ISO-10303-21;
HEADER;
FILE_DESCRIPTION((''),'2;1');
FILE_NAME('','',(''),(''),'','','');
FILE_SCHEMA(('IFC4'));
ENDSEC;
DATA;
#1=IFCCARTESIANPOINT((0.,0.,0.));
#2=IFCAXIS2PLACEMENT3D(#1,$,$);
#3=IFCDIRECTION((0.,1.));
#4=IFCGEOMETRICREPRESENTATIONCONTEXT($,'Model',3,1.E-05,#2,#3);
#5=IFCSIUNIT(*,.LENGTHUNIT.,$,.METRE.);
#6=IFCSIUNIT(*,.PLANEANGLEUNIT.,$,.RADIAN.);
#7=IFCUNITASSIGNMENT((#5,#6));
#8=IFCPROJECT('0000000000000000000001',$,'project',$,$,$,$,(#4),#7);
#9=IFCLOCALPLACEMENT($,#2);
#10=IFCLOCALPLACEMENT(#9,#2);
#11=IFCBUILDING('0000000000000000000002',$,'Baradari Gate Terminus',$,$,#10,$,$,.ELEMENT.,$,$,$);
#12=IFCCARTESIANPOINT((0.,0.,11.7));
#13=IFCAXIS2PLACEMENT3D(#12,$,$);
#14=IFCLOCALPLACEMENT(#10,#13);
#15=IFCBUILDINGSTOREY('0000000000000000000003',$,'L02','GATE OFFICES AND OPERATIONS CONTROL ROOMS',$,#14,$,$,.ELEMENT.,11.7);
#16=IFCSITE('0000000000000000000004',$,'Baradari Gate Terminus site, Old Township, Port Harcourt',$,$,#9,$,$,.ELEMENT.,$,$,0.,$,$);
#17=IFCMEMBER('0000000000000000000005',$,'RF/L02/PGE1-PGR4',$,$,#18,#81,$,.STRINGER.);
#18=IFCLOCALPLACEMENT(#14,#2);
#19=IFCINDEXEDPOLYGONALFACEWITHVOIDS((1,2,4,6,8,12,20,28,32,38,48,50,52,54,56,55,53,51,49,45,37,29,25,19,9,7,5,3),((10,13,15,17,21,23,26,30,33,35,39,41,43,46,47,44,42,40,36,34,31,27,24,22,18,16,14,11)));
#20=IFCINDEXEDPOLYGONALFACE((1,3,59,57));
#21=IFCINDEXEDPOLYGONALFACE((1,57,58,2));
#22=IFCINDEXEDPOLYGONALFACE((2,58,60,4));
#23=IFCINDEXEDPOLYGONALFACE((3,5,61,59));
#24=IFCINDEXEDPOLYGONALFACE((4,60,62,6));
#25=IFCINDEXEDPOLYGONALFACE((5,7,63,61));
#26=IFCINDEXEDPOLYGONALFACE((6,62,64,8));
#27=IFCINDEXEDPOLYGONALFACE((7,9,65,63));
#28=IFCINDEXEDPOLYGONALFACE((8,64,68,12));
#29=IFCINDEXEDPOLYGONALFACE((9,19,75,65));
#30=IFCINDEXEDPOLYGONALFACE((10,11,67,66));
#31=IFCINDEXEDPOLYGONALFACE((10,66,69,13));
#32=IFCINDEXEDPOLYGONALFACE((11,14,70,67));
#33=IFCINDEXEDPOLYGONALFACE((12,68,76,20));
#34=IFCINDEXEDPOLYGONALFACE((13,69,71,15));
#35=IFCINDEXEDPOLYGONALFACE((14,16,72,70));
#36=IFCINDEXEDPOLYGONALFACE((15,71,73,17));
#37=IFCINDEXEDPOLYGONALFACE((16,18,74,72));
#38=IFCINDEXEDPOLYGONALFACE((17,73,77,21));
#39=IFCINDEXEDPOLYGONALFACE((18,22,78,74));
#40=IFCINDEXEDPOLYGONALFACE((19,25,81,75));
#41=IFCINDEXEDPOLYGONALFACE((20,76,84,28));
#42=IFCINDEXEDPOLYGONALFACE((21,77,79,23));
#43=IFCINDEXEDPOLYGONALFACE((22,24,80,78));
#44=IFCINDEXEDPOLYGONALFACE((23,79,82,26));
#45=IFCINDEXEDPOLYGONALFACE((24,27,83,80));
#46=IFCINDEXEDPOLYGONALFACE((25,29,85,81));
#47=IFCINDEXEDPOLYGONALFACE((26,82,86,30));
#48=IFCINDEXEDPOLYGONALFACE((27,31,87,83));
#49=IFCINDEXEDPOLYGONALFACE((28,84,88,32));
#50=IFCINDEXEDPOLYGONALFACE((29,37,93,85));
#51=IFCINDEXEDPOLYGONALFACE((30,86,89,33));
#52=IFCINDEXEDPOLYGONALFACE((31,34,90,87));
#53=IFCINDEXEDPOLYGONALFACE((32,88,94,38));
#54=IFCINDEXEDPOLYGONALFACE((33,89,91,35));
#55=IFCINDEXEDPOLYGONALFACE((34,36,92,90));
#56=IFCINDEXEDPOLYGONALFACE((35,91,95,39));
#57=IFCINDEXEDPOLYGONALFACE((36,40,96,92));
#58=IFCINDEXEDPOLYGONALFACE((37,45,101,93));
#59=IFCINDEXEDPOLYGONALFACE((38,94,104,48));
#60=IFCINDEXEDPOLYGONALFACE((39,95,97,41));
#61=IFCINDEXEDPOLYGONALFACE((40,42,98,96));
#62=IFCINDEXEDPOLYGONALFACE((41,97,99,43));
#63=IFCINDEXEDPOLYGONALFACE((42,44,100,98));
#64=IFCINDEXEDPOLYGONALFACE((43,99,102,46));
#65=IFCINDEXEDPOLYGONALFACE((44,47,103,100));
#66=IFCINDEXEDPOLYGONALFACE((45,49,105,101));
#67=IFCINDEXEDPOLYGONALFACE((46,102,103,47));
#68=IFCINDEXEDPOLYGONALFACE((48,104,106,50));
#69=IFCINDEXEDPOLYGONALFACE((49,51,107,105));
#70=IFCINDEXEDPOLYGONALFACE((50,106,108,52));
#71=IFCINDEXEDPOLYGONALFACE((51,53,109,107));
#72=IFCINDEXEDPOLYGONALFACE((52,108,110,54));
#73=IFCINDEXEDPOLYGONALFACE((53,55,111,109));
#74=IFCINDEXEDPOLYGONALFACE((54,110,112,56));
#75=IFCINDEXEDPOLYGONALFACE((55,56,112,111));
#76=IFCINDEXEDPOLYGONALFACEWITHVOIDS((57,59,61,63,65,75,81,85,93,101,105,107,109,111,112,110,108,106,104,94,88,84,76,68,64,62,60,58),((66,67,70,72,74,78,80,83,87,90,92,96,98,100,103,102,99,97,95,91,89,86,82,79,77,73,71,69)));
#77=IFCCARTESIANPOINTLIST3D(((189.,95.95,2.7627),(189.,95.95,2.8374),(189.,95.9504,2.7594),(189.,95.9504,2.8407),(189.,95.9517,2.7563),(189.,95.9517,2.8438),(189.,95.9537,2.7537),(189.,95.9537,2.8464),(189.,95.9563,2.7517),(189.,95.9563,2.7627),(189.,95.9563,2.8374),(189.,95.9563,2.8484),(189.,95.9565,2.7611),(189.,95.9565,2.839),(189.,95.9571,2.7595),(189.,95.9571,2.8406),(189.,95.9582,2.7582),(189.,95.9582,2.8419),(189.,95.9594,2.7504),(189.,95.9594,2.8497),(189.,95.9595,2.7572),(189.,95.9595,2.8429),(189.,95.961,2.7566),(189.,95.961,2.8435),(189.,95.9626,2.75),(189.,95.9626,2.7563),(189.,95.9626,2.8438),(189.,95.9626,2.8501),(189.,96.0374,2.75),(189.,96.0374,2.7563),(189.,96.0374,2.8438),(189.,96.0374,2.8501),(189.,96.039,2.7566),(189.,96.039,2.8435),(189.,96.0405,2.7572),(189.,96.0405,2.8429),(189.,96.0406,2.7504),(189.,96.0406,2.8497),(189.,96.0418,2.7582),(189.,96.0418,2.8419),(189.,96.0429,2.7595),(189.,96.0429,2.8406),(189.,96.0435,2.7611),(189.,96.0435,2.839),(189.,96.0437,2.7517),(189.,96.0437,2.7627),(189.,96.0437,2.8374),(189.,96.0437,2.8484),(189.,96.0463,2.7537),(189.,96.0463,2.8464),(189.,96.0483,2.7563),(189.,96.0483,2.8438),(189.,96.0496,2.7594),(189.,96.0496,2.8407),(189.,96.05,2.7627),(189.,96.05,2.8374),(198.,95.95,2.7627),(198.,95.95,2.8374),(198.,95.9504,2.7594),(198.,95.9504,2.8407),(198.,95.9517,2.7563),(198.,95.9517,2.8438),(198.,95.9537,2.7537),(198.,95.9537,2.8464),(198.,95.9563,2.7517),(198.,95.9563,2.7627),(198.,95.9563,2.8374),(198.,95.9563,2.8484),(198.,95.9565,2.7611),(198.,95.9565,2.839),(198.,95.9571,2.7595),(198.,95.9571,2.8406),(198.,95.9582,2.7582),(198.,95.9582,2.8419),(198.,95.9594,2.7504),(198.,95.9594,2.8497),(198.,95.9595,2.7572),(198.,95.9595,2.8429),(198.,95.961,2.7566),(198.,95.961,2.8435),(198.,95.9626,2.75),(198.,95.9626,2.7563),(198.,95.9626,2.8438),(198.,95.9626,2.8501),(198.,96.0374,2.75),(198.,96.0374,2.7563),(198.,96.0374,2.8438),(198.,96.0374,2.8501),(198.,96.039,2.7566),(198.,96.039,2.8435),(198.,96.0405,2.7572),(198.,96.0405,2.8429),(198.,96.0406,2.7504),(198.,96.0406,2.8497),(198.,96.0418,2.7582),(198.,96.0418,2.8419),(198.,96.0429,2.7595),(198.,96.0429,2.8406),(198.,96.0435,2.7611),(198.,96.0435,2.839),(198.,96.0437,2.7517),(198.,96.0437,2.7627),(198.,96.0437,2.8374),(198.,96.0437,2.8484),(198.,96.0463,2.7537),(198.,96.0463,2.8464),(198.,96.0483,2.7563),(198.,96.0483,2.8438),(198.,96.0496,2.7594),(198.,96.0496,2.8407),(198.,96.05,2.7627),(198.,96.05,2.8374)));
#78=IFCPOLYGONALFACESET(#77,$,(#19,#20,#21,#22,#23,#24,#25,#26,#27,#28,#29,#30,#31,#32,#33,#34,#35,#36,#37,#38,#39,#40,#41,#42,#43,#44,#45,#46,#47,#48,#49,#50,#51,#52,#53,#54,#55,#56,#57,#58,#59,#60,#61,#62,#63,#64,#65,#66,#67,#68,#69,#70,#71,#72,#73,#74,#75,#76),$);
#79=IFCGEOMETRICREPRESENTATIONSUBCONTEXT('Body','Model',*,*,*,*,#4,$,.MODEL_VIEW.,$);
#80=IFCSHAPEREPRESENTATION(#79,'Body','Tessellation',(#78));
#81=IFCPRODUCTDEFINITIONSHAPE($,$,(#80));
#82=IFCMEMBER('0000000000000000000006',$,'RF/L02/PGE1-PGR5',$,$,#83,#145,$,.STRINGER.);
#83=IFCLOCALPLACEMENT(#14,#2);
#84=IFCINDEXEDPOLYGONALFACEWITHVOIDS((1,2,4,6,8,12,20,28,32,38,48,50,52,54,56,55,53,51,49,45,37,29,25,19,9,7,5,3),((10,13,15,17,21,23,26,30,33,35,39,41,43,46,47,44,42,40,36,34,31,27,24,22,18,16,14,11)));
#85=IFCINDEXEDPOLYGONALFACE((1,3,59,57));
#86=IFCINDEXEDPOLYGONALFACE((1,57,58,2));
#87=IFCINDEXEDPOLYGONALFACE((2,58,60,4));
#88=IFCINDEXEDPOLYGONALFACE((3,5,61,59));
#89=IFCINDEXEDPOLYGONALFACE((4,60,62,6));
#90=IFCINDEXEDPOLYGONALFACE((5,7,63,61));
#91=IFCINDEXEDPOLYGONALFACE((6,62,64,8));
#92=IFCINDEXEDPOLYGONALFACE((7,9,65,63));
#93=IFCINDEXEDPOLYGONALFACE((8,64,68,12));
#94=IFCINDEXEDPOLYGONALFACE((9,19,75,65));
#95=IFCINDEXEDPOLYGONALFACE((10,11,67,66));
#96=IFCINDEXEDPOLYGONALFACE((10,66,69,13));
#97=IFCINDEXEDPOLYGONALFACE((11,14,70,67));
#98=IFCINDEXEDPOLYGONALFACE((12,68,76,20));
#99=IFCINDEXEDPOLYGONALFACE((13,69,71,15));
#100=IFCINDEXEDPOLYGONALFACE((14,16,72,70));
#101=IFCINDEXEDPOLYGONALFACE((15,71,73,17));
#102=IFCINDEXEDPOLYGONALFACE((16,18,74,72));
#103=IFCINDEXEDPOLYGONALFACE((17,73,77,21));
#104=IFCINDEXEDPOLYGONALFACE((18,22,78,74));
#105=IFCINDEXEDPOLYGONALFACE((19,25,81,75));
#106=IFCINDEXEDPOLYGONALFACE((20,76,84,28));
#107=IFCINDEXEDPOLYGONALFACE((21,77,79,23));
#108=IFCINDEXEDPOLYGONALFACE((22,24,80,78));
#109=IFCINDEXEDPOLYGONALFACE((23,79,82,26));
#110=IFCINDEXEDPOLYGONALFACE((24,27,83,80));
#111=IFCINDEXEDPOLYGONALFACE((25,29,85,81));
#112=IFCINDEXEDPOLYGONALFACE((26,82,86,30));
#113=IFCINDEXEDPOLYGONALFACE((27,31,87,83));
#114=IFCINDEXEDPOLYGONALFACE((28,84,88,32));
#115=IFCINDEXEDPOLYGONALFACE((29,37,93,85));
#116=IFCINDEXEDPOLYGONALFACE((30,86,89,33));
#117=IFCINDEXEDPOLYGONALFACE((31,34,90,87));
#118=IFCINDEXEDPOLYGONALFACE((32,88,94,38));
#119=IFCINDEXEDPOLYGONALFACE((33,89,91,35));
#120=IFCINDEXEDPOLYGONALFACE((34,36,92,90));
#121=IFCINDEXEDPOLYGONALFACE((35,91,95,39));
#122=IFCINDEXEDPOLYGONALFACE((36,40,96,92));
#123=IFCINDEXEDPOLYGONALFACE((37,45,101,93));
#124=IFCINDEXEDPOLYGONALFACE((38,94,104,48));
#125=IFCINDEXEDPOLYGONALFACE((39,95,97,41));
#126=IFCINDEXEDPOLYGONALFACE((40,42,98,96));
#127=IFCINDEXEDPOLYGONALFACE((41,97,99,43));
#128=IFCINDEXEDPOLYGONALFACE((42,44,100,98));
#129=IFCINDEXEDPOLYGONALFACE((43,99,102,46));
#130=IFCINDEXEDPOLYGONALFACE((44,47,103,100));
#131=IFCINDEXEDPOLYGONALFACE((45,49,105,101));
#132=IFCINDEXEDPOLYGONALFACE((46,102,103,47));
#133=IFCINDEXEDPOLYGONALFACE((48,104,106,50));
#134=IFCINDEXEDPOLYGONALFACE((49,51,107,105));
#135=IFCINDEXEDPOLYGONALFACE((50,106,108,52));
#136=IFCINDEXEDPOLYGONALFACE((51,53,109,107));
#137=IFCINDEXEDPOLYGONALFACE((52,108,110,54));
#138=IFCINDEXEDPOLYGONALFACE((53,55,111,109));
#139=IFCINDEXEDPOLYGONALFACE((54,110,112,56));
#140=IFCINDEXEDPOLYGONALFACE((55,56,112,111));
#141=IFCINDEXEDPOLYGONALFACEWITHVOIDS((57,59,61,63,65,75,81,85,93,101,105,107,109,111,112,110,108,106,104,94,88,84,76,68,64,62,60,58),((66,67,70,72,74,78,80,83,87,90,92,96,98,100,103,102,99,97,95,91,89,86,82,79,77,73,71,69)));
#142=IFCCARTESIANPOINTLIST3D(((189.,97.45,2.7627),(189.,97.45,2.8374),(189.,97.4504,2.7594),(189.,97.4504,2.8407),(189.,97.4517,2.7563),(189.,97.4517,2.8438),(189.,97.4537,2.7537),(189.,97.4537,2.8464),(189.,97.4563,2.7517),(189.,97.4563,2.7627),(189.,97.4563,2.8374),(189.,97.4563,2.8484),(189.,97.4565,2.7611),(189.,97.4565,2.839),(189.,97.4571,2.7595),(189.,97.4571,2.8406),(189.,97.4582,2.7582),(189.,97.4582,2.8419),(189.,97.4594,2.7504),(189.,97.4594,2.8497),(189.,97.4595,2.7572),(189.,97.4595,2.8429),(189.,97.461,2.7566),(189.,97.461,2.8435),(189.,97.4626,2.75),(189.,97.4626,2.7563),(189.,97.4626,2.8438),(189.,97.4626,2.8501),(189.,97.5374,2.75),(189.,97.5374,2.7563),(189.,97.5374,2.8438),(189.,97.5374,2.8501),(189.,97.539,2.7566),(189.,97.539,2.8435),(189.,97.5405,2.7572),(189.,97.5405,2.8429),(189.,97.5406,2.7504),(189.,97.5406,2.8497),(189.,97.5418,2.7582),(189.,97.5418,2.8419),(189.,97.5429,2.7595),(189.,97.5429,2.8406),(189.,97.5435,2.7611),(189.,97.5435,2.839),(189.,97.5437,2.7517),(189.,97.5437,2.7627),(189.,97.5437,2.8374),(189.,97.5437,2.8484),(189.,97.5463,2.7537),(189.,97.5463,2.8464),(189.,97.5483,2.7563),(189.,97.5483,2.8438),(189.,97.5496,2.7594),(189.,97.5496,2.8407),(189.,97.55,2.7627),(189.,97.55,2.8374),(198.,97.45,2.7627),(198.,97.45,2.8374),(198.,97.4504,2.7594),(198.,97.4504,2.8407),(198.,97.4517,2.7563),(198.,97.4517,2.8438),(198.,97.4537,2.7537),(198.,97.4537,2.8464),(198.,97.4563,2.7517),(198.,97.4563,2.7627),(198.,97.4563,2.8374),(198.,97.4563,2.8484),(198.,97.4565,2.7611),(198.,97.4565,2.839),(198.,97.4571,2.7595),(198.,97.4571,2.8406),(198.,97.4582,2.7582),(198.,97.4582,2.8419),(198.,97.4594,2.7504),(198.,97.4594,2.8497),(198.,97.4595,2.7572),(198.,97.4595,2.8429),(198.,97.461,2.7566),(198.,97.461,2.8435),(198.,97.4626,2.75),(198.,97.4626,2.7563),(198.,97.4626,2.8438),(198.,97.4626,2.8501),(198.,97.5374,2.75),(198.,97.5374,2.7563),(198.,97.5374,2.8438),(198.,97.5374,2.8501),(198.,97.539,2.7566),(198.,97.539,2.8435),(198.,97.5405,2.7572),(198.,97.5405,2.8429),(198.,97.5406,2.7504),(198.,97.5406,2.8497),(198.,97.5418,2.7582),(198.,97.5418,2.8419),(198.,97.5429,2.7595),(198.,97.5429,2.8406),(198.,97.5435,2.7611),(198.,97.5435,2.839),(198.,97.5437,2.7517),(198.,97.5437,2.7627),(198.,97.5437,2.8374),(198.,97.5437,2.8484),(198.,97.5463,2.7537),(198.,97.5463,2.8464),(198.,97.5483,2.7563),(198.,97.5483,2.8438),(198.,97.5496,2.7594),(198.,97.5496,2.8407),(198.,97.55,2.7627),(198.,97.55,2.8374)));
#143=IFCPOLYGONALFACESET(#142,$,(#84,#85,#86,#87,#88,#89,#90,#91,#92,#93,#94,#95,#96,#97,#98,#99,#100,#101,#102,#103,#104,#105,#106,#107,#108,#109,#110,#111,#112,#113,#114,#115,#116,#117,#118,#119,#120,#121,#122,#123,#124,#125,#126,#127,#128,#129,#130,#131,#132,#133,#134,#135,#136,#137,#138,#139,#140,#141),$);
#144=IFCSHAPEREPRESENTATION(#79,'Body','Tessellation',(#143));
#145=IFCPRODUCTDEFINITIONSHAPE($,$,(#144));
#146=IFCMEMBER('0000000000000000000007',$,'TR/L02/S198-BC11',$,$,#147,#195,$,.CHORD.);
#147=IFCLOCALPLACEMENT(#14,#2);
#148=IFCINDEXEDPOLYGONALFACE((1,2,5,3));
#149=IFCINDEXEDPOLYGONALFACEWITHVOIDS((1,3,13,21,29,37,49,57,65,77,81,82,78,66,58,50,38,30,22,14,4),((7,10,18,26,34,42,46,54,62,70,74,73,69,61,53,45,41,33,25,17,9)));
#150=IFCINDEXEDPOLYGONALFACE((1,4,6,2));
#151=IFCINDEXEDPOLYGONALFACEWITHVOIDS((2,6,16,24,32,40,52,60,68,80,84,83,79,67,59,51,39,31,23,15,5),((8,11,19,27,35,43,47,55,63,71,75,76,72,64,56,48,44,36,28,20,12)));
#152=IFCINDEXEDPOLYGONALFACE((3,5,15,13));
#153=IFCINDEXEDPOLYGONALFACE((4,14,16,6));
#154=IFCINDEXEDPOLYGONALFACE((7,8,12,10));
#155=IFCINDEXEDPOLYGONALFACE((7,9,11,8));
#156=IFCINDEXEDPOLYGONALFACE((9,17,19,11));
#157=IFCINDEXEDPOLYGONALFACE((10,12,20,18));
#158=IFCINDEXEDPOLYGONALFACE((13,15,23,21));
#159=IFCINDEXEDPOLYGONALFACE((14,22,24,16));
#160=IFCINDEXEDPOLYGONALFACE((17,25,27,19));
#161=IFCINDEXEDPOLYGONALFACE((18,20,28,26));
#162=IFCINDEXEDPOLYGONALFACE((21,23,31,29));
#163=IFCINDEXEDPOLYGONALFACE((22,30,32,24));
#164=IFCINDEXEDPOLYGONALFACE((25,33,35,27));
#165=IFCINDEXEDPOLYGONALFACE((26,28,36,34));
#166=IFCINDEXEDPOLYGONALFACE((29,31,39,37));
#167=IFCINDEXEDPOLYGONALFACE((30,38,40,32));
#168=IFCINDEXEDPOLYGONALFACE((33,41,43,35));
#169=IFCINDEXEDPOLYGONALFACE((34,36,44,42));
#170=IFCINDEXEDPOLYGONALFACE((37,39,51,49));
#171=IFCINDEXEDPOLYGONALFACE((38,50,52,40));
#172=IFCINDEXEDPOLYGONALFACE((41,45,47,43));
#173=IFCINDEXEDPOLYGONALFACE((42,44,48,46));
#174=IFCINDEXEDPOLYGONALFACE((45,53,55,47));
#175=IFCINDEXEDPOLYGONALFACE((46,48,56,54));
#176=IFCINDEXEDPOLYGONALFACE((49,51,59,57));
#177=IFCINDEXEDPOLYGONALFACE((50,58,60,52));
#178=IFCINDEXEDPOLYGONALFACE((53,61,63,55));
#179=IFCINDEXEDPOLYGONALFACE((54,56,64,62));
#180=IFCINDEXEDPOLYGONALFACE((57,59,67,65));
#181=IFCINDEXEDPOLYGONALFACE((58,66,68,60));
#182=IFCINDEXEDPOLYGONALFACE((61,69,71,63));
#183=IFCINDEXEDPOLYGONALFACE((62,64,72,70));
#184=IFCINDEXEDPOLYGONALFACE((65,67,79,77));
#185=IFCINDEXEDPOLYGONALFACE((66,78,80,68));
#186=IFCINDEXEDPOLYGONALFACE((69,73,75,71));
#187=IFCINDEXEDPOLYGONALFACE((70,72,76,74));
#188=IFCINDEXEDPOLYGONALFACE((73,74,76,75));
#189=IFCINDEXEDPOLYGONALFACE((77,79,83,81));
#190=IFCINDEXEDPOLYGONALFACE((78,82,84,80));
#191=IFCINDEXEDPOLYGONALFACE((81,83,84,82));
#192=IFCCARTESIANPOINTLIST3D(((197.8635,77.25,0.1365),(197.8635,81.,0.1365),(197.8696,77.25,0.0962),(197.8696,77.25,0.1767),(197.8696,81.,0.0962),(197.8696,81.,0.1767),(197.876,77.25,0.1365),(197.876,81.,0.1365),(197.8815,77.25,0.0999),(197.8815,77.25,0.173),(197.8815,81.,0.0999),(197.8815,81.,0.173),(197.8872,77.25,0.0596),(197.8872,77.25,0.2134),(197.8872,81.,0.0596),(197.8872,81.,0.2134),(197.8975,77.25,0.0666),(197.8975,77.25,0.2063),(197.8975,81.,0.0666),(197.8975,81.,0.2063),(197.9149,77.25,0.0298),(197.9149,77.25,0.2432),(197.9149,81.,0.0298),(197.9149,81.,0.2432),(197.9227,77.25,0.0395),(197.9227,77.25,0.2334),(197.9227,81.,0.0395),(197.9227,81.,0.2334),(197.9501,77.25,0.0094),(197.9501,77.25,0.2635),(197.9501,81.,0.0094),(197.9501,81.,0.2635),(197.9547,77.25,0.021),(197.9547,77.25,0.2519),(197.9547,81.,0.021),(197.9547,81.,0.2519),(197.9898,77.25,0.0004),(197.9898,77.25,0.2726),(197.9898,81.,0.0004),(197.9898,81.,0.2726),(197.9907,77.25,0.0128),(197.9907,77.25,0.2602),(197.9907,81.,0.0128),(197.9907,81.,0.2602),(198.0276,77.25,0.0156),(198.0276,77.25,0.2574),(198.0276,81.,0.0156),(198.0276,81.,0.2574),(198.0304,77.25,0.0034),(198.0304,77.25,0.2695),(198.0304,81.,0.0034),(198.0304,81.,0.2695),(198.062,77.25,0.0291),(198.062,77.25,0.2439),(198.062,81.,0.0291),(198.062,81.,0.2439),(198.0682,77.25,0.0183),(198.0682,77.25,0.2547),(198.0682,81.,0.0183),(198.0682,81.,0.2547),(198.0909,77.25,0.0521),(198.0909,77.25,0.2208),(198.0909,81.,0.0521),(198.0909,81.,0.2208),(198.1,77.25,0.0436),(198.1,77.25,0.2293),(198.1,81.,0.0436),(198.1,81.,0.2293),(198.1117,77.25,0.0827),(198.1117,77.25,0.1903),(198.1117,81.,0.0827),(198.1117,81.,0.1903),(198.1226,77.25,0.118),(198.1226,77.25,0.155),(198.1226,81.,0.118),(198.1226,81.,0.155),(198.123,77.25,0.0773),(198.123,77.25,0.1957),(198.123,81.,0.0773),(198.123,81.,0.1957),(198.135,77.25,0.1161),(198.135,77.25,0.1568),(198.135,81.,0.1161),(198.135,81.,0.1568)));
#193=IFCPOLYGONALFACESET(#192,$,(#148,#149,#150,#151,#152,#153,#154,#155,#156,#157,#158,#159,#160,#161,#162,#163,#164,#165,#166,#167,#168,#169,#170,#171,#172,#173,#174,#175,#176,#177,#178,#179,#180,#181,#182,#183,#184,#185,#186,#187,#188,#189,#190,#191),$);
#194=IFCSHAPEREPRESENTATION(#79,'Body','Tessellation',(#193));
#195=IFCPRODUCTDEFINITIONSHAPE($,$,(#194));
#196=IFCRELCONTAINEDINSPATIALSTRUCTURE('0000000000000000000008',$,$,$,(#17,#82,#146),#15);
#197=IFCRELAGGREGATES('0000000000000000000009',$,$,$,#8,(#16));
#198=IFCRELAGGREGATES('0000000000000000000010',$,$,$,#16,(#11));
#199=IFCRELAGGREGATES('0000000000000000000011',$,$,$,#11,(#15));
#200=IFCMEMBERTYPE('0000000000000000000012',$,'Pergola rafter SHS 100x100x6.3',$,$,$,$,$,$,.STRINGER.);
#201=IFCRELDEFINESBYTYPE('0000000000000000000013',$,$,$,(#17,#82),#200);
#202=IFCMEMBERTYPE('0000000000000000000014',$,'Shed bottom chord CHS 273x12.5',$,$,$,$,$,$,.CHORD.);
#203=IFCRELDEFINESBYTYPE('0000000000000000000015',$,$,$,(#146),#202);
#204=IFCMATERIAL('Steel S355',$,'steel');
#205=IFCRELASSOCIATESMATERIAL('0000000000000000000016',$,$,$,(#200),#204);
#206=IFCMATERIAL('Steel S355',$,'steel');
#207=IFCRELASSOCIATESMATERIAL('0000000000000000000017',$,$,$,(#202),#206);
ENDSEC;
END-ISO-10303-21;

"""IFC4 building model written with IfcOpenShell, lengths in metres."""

from ifc_helpers import new_model, si_unit, direction, frame, origin, origin_2d, place, context, subcontext, project, spatial, hollow_rectangle, hollow_circle, extrude, material, material_profile, profile_set, type_object, element, save


model = new_model("IFC4")

# Units and contexts
model_context = context("Model", 3, precision=1e-05, world=origin(), true_north=direction((0.0, 1.0)))
body_context = subcontext(model_context, "Body", "Model", "MODEL_VIEW")
ifc_project = project(units=[si_unit("LENGTHUNIT", "METRE"), si_unit("PLANEANGLEUNIT", "RADIAN")], contexts=[model_context])

# Site, building, storey
site_placement = place(None, origin())
site = spatial("IfcSite", under=ifc_project, at=site_placement, Name="Baradari Gate Terminus site, Old Township, Port Harcourt", CompositionType="ELEMENT", RefElevation=0.0)
building_placement = place(site_placement, origin())
building = spatial("IfcBuilding", under=site, at=building_placement, Name="Baradari Gate Terminus", CompositionType="ELEMENT")
storey_placement = place(building_placement, frame((0.0, 0.0, 11.7)))
storey = spatial("IfcBuildingStorey", under=building, at=storey_placement, Name="L02", Description="GATE OFFICES AND OPERATIONS CONTROL ROOMS", CompositionType="ELEMENT", Elevation=11.7)

# Members
ifc_material_1 = material(Name="Steel S355", Category="steel")
ifc_material_profile_1 = material_profile(ifc_material_1, hollow_rectangle(XDim=0.1001, YDim=0.1001, WallThickness=0.0063, InnerFilletRadius=0.0063, OuterFilletRadius=0.0127, at=origin_2d()), Name="SHS 100x100x6.3")
ifc_profile_set_1 = profile_set([ifc_material_profile_1], Name="Steel S355")
member_type_1 = type_object("IfcMemberType", Name="Pergola rafter SHS 100x100x6.3", PredefinedType="STRINGER", material=ifc_profile_set_1)
for number, where, z_axis, x_axis, name in (
    (1, (189.0, 96.0, 2.8), (1.0, 0.0, 0.0), (0.0, 1.0, 0.0), "RF/L02/PGE1-PGR4"),
    (2, (189.0, 97.5, 2.8), (1.0, 0.0, 0.0), (0.0, 1.0, 0.0), "RF/L02/PGE1-PGR5"),
):
    element("IfcMember", number, at=place(storey_placement, frame(where, z_axis=z_axis, x_axis=x_axis)), inside=storey, type_object=member_type_1, Name=name, PredefinedType="STRINGER", context=body_context, shape_type="SweptSolid", body=[
        extrude(hollow_rectangle(XDim=0.1001, YDim=0.1001, WallThickness=0.0063, InnerFilletRadius=0.0063, OuterFilletRadius=0.0127, at=origin_2d()), origin(), (0.0, 0.0, 1.0), 9.0),
    ])
ifc_material_2 = material(Name="Steel S355", Category="steel")
ifc_material_profile_2 = material_profile(ifc_material_2, hollow_circle(Radius=0.1365, WallThickness=0.0125, at=origin_2d()), Name="CHS 273x12.5")
ifc_profile_set_2 = profile_set([ifc_material_profile_2], Name="Steel S355")
member_type_2 = type_object("IfcMemberType", Name="Shed bottom chord CHS 273x12.5", PredefinedType="CHORD", material=ifc_profile_set_2)
for number, where, z_axis, x_axis, name in (
    (3, (198.0, 77.25, 0.1365), (0.0, 1.0, 0.0), (-1.0, 0.0, 0.0), "TR/L02/S198-BC11"),
):
    element("IfcMember", number, at=place(storey_placement, frame(where, z_axis=z_axis, x_axis=x_axis)), inside=storey, type_object=member_type_2, Name=name, PredefinedType="CHORD", context=body_context, shape_type="SweptSolid", body=[
        extrude(hollow_circle(Radius=0.1365, WallThickness=0.0125, at=origin_2d()), origin(), (0.0, 0.0, 1.0), 3.75),
    ])

save(model, "model.ifc")
